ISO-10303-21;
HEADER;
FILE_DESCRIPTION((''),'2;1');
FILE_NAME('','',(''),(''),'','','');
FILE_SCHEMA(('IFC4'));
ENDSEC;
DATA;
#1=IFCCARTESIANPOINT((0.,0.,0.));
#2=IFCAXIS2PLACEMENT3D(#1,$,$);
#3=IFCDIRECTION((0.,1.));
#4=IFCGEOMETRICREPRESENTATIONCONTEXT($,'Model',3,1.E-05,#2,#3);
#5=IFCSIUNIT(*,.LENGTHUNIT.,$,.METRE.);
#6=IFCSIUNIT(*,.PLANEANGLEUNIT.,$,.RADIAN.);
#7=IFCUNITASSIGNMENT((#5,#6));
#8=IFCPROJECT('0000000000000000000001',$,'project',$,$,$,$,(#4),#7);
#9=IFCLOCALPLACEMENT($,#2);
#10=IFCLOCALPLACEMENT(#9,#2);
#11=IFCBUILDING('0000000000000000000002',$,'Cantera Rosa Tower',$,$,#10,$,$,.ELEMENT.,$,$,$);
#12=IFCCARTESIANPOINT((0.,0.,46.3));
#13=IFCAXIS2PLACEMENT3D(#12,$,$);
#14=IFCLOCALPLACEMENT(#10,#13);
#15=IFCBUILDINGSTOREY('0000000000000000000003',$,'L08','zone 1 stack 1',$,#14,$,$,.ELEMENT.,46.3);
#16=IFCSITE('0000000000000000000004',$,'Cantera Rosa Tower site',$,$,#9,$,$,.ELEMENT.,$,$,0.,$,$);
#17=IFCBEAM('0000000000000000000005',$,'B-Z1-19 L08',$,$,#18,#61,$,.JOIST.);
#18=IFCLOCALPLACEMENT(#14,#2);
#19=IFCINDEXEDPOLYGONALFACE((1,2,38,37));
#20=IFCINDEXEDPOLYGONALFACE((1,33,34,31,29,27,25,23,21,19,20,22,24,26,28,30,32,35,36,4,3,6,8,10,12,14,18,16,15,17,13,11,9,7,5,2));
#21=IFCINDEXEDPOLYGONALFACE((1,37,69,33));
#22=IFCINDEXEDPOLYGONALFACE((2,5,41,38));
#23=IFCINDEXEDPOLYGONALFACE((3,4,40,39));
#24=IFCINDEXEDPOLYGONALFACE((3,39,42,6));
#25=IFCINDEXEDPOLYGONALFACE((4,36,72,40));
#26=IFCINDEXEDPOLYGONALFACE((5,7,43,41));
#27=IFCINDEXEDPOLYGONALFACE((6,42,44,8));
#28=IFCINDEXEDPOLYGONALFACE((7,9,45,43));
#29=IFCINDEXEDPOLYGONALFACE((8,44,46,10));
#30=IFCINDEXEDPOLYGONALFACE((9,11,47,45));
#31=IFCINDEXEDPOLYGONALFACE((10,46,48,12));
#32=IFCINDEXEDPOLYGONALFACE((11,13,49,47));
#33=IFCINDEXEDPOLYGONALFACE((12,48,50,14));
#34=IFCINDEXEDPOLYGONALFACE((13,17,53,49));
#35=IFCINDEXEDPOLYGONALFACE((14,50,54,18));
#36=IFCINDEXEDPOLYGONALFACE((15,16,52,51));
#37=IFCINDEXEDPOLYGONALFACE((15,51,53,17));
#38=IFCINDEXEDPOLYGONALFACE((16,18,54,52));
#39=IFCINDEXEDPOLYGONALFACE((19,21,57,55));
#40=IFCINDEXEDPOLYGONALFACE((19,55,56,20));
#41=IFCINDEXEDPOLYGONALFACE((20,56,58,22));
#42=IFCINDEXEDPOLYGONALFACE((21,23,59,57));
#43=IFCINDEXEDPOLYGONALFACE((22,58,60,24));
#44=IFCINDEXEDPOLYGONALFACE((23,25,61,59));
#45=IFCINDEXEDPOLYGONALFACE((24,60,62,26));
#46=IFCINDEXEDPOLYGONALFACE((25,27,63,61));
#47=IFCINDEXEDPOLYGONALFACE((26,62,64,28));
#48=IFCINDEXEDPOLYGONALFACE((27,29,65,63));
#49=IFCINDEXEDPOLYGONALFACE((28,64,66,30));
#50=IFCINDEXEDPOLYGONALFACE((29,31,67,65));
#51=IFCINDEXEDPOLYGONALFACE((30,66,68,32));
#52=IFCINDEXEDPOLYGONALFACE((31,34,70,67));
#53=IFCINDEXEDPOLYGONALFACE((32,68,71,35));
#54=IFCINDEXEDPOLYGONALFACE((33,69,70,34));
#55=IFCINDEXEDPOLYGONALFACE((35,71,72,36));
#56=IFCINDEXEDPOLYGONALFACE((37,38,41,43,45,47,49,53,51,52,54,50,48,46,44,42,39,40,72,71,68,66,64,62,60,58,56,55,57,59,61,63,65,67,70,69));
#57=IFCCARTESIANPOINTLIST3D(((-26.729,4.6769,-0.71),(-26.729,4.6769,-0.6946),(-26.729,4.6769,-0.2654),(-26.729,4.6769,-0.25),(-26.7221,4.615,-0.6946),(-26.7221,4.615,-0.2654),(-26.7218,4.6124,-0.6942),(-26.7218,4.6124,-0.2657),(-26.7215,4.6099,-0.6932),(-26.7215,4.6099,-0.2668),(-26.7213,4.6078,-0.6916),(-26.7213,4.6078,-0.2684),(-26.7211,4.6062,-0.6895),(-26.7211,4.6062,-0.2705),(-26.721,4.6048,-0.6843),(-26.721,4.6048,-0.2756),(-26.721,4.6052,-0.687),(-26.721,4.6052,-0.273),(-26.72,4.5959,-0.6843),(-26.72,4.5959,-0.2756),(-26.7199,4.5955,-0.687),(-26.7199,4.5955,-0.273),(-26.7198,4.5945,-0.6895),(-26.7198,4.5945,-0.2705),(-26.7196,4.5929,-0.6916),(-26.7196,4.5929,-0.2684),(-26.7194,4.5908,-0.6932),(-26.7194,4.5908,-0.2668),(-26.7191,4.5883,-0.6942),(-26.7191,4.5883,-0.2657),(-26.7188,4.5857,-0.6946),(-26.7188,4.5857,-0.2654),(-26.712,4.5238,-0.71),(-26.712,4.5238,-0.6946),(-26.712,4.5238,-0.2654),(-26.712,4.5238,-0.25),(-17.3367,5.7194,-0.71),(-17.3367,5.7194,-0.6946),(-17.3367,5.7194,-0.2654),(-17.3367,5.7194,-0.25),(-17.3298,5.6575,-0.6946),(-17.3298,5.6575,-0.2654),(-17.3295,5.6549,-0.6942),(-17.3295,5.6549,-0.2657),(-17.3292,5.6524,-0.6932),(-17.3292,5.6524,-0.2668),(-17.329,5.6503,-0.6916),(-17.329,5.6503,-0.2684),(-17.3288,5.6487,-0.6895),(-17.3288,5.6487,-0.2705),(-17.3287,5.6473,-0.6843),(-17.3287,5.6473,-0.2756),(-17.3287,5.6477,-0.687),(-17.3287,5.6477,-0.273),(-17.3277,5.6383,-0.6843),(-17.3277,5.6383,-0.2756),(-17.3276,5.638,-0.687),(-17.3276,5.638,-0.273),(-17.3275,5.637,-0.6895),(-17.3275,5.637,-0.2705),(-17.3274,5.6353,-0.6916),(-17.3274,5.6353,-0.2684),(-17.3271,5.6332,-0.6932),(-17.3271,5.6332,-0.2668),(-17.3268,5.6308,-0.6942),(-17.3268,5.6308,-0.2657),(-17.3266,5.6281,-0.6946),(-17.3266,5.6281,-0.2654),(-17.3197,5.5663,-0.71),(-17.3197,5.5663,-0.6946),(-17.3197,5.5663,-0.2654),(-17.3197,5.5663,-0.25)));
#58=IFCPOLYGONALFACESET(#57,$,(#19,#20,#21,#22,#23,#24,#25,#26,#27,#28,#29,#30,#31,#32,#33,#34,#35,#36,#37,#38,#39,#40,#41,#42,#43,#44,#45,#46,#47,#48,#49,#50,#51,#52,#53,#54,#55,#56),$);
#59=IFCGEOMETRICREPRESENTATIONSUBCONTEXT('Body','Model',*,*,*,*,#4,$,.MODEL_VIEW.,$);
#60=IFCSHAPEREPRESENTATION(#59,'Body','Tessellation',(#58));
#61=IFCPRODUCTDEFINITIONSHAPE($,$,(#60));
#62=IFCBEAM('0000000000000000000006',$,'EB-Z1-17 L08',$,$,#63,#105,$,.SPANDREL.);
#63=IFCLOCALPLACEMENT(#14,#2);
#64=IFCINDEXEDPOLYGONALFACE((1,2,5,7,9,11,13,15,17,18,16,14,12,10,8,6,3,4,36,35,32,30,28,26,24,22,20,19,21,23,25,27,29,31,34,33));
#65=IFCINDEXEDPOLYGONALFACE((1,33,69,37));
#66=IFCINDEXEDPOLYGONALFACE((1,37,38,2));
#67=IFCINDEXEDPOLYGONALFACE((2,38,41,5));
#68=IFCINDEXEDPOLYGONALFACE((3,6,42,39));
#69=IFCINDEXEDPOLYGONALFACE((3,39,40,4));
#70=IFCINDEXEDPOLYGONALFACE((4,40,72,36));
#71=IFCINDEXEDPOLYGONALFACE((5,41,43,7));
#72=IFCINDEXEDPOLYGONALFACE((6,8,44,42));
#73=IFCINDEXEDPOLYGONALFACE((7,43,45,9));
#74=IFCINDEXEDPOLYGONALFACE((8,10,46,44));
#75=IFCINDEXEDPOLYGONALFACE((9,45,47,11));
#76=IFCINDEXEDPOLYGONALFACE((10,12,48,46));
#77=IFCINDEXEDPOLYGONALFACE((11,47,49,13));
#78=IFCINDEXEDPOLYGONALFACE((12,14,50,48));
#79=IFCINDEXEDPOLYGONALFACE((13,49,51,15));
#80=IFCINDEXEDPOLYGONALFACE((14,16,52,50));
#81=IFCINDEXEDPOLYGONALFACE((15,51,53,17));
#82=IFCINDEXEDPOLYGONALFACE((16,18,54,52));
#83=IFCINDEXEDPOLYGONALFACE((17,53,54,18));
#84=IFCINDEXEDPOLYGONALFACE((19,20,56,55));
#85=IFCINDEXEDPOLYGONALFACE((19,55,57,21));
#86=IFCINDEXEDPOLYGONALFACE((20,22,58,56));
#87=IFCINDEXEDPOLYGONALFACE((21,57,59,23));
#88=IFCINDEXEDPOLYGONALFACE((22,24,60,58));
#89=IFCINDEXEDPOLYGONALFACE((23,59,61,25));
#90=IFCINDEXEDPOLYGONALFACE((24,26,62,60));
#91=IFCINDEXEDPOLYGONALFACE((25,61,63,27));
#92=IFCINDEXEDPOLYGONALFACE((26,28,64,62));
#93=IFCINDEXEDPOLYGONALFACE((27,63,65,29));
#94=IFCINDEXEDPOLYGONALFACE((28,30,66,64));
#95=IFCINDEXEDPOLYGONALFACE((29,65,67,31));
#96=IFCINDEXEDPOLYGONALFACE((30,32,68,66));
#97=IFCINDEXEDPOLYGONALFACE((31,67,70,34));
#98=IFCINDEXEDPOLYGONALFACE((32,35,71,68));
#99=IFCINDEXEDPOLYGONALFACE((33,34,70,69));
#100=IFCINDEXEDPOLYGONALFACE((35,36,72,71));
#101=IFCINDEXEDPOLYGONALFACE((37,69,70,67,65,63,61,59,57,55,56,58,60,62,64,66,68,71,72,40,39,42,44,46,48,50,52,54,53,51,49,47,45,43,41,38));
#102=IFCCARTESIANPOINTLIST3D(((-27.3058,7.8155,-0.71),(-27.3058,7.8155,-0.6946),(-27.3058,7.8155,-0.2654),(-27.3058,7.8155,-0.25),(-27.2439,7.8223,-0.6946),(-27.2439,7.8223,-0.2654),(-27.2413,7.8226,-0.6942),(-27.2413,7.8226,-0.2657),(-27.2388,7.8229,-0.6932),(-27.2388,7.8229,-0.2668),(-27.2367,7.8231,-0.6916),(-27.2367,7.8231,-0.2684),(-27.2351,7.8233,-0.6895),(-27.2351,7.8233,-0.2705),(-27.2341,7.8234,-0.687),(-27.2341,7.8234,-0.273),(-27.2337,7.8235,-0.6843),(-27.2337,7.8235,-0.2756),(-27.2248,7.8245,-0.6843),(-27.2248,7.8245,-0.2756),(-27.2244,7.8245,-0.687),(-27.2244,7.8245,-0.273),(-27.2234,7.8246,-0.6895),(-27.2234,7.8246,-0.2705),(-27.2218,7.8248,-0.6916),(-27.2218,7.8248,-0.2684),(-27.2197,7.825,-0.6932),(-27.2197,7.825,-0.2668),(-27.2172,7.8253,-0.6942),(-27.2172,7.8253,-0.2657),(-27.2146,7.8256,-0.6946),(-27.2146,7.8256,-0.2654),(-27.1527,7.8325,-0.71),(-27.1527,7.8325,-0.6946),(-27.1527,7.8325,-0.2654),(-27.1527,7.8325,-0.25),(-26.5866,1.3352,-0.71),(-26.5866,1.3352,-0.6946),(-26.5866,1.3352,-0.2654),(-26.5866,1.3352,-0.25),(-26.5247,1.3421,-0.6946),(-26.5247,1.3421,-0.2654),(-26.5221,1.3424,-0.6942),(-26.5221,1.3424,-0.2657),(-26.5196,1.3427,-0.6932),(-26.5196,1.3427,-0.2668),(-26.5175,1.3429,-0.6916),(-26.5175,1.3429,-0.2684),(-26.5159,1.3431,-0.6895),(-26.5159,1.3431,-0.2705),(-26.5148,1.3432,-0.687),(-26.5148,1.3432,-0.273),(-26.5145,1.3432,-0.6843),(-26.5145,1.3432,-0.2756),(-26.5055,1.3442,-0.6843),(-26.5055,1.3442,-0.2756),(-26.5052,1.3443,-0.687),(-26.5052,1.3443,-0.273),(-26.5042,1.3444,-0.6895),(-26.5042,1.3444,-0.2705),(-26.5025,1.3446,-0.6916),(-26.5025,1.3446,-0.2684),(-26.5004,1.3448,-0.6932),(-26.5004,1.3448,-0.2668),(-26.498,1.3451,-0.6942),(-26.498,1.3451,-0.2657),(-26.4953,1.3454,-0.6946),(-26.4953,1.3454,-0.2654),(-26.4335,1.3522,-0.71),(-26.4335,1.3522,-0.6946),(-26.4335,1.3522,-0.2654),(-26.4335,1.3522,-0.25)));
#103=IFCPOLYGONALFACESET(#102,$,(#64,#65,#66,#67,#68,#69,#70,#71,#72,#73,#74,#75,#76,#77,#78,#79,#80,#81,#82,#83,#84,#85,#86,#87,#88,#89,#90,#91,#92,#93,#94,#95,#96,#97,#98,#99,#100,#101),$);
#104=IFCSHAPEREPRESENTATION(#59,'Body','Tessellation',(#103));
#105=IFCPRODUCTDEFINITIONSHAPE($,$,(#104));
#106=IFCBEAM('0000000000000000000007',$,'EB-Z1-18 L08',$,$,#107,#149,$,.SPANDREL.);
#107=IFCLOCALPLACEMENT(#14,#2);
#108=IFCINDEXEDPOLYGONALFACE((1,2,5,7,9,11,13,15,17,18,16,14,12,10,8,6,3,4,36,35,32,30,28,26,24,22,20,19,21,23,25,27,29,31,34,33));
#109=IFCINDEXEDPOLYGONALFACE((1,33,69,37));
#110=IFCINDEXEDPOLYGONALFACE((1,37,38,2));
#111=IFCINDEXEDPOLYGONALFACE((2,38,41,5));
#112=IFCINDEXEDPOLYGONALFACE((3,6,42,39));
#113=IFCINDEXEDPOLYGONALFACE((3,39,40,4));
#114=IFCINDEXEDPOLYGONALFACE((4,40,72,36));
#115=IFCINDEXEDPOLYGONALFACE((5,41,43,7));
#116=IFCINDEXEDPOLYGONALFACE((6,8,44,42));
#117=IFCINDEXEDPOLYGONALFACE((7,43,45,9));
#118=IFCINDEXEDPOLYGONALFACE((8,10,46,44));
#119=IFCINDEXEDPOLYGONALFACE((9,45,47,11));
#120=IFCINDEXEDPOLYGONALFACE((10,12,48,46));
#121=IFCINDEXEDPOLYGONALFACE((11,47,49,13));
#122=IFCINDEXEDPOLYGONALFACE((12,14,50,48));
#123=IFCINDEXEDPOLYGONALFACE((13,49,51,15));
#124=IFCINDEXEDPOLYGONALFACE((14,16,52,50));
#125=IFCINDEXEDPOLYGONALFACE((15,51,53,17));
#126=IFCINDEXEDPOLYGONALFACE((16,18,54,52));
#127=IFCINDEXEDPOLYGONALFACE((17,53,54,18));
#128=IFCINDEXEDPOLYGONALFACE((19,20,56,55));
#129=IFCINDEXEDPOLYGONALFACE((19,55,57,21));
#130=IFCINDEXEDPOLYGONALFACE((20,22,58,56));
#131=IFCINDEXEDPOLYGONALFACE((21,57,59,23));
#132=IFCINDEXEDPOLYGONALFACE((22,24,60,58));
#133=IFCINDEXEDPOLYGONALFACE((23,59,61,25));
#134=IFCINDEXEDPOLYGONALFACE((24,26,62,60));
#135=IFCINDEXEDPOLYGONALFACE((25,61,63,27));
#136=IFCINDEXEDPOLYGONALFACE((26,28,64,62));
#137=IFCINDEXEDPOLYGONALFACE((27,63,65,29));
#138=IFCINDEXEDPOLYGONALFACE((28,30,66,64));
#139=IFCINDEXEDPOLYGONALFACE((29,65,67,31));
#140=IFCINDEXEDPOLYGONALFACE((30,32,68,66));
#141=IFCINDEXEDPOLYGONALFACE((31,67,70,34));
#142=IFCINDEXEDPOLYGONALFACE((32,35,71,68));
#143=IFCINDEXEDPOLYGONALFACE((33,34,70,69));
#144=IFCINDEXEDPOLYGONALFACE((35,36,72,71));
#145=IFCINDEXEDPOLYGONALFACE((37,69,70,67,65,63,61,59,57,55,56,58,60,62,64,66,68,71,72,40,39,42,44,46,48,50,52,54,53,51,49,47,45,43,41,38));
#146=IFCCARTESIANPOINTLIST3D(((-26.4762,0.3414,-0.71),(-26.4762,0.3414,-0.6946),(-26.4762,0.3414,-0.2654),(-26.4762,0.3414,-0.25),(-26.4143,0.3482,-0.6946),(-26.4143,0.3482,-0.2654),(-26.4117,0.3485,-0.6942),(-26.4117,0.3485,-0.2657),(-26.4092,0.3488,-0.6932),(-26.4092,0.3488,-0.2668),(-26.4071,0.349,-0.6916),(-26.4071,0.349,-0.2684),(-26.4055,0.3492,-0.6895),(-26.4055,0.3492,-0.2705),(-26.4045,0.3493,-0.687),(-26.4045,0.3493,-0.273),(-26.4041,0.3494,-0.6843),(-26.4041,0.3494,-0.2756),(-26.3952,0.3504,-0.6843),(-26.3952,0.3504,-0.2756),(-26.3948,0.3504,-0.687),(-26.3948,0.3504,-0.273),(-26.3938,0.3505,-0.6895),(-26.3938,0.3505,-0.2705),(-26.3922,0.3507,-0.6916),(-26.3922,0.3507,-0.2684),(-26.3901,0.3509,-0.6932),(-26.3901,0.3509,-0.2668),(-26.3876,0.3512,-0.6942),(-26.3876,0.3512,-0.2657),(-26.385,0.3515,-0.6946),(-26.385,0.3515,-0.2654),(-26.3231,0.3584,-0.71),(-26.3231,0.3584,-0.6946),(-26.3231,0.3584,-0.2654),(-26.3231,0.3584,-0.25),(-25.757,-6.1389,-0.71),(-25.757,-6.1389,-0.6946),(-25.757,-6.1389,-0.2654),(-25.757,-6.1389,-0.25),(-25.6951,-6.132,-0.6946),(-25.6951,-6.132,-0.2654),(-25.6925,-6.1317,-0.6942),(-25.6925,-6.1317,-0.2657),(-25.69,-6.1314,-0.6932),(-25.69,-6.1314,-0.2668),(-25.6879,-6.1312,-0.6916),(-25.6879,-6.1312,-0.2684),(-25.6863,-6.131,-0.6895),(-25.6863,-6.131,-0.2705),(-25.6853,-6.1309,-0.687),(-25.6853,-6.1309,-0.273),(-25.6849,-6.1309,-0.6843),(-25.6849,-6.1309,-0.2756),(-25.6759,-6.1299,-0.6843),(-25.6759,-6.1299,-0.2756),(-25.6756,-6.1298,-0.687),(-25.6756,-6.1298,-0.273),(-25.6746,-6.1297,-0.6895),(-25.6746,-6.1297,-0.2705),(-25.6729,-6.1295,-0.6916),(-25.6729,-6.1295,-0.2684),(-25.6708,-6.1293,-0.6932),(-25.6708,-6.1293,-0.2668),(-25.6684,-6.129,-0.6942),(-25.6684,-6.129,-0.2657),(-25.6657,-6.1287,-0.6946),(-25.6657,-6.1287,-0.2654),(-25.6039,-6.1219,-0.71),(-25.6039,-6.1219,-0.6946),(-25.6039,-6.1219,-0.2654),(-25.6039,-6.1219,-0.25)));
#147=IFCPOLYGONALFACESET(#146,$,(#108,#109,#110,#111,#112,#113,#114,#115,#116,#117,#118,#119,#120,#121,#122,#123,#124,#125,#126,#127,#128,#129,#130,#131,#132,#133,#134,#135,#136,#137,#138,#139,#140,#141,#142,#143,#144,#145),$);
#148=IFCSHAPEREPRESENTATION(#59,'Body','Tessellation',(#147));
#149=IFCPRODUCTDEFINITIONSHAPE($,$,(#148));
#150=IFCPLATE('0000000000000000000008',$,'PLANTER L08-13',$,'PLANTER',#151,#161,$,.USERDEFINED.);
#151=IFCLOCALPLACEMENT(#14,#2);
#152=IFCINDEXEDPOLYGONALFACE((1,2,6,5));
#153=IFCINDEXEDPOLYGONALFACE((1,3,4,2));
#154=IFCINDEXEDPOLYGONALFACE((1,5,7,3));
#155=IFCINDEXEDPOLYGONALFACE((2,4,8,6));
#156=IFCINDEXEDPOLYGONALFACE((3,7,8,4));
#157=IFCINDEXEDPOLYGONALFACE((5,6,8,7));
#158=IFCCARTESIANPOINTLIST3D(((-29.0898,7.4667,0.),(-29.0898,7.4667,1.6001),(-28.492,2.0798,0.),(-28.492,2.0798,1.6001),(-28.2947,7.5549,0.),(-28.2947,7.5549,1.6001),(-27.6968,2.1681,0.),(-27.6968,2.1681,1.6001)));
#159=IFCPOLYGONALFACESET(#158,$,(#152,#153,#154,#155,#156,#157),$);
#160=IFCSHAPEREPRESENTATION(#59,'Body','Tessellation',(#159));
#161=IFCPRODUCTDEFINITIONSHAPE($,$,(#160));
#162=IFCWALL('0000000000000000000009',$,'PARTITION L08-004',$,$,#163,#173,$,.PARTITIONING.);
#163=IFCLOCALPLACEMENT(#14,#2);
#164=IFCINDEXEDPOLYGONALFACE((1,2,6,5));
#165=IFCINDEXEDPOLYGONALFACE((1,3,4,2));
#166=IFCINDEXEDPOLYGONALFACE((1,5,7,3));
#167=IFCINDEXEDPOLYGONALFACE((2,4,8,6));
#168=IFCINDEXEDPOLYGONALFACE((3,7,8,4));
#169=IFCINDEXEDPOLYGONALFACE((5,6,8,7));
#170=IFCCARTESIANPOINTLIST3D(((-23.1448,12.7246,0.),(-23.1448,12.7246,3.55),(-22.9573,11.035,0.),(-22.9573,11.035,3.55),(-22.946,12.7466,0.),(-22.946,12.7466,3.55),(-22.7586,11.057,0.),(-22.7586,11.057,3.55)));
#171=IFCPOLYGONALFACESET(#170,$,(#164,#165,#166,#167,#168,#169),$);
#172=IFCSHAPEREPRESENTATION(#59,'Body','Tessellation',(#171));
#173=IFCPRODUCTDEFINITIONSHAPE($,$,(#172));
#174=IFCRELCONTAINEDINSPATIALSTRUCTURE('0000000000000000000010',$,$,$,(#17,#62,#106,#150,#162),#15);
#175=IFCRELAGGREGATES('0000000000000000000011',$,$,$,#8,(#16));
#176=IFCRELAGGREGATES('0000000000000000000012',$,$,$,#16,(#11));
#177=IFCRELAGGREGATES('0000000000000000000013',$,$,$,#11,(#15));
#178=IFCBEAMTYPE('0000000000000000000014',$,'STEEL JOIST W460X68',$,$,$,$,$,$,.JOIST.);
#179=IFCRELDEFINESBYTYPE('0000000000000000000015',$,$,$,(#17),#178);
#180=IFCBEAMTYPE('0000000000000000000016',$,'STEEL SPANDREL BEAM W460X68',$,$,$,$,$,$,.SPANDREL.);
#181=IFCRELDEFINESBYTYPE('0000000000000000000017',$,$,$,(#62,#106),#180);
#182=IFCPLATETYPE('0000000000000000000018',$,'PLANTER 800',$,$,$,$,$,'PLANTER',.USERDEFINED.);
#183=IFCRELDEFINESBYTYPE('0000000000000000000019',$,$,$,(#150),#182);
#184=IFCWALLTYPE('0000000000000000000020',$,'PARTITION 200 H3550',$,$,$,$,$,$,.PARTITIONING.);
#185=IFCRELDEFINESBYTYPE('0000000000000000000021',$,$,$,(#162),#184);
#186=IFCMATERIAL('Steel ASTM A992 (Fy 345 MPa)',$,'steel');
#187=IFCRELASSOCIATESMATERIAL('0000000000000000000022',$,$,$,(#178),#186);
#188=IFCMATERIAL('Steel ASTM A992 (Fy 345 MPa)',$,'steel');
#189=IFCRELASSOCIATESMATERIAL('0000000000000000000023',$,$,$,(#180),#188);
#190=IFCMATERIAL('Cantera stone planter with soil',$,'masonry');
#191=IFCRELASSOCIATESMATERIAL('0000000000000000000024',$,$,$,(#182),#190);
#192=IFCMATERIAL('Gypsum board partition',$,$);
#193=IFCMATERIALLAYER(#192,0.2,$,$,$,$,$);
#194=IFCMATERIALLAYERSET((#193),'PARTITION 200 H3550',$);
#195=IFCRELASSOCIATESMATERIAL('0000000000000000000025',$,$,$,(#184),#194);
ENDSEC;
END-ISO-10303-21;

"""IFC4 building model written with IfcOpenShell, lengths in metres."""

from ifc_helpers import new_model, si_unit, direction, frame, frame_2d, origin, origin_2d, place, context, subcontext, project, spatial, rectangle, i_section, extrude, material, layer, layer_set, material_profile, profile_set, type_object, element, save


model = new_model("IFC4")

# Units and contexts
model_context = context("Model", 3, precision=1e-05, world=origin(), true_north=direction((0.0, 1.0)))
body_context = subcontext(model_context, "Body", "Model", "MODEL_VIEW")
ifc_project = project(units=[si_unit("LENGTHUNIT", "METRE"), si_unit("PLANEANGLEUNIT", "RADIAN")], contexts=[model_context])

# Site, building, storey
site_placement = place(None, origin())
site = spatial("IfcSite", under=ifc_project, at=site_placement, Name="Cantera Rosa Tower site", CompositionType="ELEMENT", RefElevation=0.0)
building_placement = place(site_placement, origin())
building = spatial("IfcBuilding", under=site, at=building_placement, Name="Cantera Rosa Tower", CompositionType="ELEMENT")
storey_placement = place(building_placement, frame((0.0, 0.0, 46.3)))
storey = spatial("IfcBuildingStorey", under=building, at=storey_placement, Name="L08", Description="zone 1 stack 1", CompositionType="ELEMENT", Elevation=46.3)

# Beams
ifc_material_1 = material(Name="Steel ASTM A992 (Fy 345 MPa)", Category="steel")
ifc_material_profile_1 = material_profile(ifc_material_1, i_section(OverallWidth=0.1541, OverallDepth=0.46, WebThickness=0.009, FlangeThickness=0.0154, FilletRadius=0.0103, at=origin_2d()), Name="W460X68")
ifc_profile_set_1 = profile_set([ifc_material_profile_1], Name="Steel ASTM A992 (Fy 345 MPa)")
beam_type_1 = type_object("IfcBeamType", Name="STEEL JOIST W460X68", PredefinedType="JOIST", material=ifc_profile_set_1)
beam_1_placement = place(storey_placement, frame((-26.7205, 4.6003, -0.48), z_axis=(0.993897, 0.110315, 0.0), x_axis=(-0.110315, 0.993897, 0.0)))
element("IfcBeam", 1, at=beam_1_placement, inside=storey, type_object=beam_type_1, Name="B-Z1-19 L08", PredefinedType="JOIST", context=body_context, shape_type="SweptSolid", body=[
    extrude(i_section(OverallWidth=0.1541, OverallDepth=0.46, WebThickness=0.009, FlangeThickness=0.0154, FilletRadius=0.0103, at=origin_2d()), origin(), (0.0, 0.0, 1.0), 9.45),
])
ifc_material_2 = material(Name="Steel ASTM A992 (Fy 345 MPa)", Category="steel")
ifc_material_profile_2 = material_profile(ifc_material_2, i_section(OverallWidth=0.1541, OverallDepth=0.46, WebThickness=0.009, FlangeThickness=0.0154, FilletRadius=0.0103, at=origin_2d()), Name="W460X68")
ifc_profile_set_2 = profile_set([ifc_material_profile_2], Name="Steel ASTM A992 (Fy 345 MPa)")
beam_type_2 = type_object("IfcBeamType", Name="STEEL SPANDREL BEAM W460X68", PredefinedType="SPANDREL", material=ifc_profile_set_2)
for number, where, z_axis, x_axis, name in (
    (2, (-27.2292, 7.824, -0.48), (0.110312, -0.993897, 0.0), (0.993897, 0.110312, 0.0), "EB-Z1-17 L08"),
    (3, (-26.3997, 0.3499, -0.48), (0.110312, -0.993897, 0.0), (0.993897, 0.110312, 0.0), "EB-Z1-18 L08"),
):
    element("IfcBeam", number, at=place(storey_placement, frame(where, z_axis=z_axis, x_axis=x_axis)), inside=storey, type_object=beam_type_2, Name=name, PredefinedType="SPANDREL", context=body_context, shape_type="SweptSolid", body=[
        extrude(i_section(OverallWidth=0.1541, OverallDepth=0.46, WebThickness=0.009, FlangeThickness=0.0154, FilletRadius=0.0103, at=origin_2d()), origin(), (0.0, 0.0, 1.0), 6.52),
    ])

# Plate
ifc_material_3 = material(Name="Cantera stone planter with soil", Category="masonry")
plate_type = type_object("IfcPlateType", Name="PLANTER 800", ElementType="PLANTER", PredefinedType="USERDEFINED", material=ifc_material_3)
plate_placement = place(storey_placement, frame((-28.3933, 4.8174, 0.0), z_axis=(0.0, 0.0, 1.0), x_axis=(0.110313, -0.993897, 0.0)))
element("IfcPlate", 4, at=plate_placement, inside=storey, type_object=plate_type, Name="PLANTER L08-13", ObjectType="PLANTER", PredefinedType="USERDEFINED", context=body_context, shape_type="SweptSolid", body=[
    extrude(rectangle(XDim=5.4199, YDim=0.8, at=origin_2d()), origin(), (0.0, 0.0, 1.0), 1.6001),
])

# Wall
ifc_material_4 = material(Name="Gypsum board partition")
ifc_layer_1 = layer(ifc_material_4, 0.2)
ifc_layer_set_1 = layer_set([ifc_layer_1], Name="PARTITION 200 H3550")
wall_type_1 = type_object("IfcWallType", Name="PARTITION 200 H3550", PredefinedType="PARTITIONING", material=ifc_layer_set_1)
wall_1_placement = place(storey_placement, frame((-22.8579, 11.0459, 0.0), z_axis=(0.0, 0.0, 1.0), x_axis=(-0.11029, 0.993899, 0.0)))
element("IfcWall", 5, at=wall_1_placement, inside=storey, type_object=wall_type_1, Name="PARTITION L08-004", PredefinedType="PARTITIONING", context=body_context, shape_type="SweptSolid", body=[
    extrude(rectangle(XDim=1.7, YDim=0.2, at=frame_2d((0.8501, 0.0))), origin(), (0.0, 0.0, 1.0), 3.55),
])

save(model, "model.ifc")
